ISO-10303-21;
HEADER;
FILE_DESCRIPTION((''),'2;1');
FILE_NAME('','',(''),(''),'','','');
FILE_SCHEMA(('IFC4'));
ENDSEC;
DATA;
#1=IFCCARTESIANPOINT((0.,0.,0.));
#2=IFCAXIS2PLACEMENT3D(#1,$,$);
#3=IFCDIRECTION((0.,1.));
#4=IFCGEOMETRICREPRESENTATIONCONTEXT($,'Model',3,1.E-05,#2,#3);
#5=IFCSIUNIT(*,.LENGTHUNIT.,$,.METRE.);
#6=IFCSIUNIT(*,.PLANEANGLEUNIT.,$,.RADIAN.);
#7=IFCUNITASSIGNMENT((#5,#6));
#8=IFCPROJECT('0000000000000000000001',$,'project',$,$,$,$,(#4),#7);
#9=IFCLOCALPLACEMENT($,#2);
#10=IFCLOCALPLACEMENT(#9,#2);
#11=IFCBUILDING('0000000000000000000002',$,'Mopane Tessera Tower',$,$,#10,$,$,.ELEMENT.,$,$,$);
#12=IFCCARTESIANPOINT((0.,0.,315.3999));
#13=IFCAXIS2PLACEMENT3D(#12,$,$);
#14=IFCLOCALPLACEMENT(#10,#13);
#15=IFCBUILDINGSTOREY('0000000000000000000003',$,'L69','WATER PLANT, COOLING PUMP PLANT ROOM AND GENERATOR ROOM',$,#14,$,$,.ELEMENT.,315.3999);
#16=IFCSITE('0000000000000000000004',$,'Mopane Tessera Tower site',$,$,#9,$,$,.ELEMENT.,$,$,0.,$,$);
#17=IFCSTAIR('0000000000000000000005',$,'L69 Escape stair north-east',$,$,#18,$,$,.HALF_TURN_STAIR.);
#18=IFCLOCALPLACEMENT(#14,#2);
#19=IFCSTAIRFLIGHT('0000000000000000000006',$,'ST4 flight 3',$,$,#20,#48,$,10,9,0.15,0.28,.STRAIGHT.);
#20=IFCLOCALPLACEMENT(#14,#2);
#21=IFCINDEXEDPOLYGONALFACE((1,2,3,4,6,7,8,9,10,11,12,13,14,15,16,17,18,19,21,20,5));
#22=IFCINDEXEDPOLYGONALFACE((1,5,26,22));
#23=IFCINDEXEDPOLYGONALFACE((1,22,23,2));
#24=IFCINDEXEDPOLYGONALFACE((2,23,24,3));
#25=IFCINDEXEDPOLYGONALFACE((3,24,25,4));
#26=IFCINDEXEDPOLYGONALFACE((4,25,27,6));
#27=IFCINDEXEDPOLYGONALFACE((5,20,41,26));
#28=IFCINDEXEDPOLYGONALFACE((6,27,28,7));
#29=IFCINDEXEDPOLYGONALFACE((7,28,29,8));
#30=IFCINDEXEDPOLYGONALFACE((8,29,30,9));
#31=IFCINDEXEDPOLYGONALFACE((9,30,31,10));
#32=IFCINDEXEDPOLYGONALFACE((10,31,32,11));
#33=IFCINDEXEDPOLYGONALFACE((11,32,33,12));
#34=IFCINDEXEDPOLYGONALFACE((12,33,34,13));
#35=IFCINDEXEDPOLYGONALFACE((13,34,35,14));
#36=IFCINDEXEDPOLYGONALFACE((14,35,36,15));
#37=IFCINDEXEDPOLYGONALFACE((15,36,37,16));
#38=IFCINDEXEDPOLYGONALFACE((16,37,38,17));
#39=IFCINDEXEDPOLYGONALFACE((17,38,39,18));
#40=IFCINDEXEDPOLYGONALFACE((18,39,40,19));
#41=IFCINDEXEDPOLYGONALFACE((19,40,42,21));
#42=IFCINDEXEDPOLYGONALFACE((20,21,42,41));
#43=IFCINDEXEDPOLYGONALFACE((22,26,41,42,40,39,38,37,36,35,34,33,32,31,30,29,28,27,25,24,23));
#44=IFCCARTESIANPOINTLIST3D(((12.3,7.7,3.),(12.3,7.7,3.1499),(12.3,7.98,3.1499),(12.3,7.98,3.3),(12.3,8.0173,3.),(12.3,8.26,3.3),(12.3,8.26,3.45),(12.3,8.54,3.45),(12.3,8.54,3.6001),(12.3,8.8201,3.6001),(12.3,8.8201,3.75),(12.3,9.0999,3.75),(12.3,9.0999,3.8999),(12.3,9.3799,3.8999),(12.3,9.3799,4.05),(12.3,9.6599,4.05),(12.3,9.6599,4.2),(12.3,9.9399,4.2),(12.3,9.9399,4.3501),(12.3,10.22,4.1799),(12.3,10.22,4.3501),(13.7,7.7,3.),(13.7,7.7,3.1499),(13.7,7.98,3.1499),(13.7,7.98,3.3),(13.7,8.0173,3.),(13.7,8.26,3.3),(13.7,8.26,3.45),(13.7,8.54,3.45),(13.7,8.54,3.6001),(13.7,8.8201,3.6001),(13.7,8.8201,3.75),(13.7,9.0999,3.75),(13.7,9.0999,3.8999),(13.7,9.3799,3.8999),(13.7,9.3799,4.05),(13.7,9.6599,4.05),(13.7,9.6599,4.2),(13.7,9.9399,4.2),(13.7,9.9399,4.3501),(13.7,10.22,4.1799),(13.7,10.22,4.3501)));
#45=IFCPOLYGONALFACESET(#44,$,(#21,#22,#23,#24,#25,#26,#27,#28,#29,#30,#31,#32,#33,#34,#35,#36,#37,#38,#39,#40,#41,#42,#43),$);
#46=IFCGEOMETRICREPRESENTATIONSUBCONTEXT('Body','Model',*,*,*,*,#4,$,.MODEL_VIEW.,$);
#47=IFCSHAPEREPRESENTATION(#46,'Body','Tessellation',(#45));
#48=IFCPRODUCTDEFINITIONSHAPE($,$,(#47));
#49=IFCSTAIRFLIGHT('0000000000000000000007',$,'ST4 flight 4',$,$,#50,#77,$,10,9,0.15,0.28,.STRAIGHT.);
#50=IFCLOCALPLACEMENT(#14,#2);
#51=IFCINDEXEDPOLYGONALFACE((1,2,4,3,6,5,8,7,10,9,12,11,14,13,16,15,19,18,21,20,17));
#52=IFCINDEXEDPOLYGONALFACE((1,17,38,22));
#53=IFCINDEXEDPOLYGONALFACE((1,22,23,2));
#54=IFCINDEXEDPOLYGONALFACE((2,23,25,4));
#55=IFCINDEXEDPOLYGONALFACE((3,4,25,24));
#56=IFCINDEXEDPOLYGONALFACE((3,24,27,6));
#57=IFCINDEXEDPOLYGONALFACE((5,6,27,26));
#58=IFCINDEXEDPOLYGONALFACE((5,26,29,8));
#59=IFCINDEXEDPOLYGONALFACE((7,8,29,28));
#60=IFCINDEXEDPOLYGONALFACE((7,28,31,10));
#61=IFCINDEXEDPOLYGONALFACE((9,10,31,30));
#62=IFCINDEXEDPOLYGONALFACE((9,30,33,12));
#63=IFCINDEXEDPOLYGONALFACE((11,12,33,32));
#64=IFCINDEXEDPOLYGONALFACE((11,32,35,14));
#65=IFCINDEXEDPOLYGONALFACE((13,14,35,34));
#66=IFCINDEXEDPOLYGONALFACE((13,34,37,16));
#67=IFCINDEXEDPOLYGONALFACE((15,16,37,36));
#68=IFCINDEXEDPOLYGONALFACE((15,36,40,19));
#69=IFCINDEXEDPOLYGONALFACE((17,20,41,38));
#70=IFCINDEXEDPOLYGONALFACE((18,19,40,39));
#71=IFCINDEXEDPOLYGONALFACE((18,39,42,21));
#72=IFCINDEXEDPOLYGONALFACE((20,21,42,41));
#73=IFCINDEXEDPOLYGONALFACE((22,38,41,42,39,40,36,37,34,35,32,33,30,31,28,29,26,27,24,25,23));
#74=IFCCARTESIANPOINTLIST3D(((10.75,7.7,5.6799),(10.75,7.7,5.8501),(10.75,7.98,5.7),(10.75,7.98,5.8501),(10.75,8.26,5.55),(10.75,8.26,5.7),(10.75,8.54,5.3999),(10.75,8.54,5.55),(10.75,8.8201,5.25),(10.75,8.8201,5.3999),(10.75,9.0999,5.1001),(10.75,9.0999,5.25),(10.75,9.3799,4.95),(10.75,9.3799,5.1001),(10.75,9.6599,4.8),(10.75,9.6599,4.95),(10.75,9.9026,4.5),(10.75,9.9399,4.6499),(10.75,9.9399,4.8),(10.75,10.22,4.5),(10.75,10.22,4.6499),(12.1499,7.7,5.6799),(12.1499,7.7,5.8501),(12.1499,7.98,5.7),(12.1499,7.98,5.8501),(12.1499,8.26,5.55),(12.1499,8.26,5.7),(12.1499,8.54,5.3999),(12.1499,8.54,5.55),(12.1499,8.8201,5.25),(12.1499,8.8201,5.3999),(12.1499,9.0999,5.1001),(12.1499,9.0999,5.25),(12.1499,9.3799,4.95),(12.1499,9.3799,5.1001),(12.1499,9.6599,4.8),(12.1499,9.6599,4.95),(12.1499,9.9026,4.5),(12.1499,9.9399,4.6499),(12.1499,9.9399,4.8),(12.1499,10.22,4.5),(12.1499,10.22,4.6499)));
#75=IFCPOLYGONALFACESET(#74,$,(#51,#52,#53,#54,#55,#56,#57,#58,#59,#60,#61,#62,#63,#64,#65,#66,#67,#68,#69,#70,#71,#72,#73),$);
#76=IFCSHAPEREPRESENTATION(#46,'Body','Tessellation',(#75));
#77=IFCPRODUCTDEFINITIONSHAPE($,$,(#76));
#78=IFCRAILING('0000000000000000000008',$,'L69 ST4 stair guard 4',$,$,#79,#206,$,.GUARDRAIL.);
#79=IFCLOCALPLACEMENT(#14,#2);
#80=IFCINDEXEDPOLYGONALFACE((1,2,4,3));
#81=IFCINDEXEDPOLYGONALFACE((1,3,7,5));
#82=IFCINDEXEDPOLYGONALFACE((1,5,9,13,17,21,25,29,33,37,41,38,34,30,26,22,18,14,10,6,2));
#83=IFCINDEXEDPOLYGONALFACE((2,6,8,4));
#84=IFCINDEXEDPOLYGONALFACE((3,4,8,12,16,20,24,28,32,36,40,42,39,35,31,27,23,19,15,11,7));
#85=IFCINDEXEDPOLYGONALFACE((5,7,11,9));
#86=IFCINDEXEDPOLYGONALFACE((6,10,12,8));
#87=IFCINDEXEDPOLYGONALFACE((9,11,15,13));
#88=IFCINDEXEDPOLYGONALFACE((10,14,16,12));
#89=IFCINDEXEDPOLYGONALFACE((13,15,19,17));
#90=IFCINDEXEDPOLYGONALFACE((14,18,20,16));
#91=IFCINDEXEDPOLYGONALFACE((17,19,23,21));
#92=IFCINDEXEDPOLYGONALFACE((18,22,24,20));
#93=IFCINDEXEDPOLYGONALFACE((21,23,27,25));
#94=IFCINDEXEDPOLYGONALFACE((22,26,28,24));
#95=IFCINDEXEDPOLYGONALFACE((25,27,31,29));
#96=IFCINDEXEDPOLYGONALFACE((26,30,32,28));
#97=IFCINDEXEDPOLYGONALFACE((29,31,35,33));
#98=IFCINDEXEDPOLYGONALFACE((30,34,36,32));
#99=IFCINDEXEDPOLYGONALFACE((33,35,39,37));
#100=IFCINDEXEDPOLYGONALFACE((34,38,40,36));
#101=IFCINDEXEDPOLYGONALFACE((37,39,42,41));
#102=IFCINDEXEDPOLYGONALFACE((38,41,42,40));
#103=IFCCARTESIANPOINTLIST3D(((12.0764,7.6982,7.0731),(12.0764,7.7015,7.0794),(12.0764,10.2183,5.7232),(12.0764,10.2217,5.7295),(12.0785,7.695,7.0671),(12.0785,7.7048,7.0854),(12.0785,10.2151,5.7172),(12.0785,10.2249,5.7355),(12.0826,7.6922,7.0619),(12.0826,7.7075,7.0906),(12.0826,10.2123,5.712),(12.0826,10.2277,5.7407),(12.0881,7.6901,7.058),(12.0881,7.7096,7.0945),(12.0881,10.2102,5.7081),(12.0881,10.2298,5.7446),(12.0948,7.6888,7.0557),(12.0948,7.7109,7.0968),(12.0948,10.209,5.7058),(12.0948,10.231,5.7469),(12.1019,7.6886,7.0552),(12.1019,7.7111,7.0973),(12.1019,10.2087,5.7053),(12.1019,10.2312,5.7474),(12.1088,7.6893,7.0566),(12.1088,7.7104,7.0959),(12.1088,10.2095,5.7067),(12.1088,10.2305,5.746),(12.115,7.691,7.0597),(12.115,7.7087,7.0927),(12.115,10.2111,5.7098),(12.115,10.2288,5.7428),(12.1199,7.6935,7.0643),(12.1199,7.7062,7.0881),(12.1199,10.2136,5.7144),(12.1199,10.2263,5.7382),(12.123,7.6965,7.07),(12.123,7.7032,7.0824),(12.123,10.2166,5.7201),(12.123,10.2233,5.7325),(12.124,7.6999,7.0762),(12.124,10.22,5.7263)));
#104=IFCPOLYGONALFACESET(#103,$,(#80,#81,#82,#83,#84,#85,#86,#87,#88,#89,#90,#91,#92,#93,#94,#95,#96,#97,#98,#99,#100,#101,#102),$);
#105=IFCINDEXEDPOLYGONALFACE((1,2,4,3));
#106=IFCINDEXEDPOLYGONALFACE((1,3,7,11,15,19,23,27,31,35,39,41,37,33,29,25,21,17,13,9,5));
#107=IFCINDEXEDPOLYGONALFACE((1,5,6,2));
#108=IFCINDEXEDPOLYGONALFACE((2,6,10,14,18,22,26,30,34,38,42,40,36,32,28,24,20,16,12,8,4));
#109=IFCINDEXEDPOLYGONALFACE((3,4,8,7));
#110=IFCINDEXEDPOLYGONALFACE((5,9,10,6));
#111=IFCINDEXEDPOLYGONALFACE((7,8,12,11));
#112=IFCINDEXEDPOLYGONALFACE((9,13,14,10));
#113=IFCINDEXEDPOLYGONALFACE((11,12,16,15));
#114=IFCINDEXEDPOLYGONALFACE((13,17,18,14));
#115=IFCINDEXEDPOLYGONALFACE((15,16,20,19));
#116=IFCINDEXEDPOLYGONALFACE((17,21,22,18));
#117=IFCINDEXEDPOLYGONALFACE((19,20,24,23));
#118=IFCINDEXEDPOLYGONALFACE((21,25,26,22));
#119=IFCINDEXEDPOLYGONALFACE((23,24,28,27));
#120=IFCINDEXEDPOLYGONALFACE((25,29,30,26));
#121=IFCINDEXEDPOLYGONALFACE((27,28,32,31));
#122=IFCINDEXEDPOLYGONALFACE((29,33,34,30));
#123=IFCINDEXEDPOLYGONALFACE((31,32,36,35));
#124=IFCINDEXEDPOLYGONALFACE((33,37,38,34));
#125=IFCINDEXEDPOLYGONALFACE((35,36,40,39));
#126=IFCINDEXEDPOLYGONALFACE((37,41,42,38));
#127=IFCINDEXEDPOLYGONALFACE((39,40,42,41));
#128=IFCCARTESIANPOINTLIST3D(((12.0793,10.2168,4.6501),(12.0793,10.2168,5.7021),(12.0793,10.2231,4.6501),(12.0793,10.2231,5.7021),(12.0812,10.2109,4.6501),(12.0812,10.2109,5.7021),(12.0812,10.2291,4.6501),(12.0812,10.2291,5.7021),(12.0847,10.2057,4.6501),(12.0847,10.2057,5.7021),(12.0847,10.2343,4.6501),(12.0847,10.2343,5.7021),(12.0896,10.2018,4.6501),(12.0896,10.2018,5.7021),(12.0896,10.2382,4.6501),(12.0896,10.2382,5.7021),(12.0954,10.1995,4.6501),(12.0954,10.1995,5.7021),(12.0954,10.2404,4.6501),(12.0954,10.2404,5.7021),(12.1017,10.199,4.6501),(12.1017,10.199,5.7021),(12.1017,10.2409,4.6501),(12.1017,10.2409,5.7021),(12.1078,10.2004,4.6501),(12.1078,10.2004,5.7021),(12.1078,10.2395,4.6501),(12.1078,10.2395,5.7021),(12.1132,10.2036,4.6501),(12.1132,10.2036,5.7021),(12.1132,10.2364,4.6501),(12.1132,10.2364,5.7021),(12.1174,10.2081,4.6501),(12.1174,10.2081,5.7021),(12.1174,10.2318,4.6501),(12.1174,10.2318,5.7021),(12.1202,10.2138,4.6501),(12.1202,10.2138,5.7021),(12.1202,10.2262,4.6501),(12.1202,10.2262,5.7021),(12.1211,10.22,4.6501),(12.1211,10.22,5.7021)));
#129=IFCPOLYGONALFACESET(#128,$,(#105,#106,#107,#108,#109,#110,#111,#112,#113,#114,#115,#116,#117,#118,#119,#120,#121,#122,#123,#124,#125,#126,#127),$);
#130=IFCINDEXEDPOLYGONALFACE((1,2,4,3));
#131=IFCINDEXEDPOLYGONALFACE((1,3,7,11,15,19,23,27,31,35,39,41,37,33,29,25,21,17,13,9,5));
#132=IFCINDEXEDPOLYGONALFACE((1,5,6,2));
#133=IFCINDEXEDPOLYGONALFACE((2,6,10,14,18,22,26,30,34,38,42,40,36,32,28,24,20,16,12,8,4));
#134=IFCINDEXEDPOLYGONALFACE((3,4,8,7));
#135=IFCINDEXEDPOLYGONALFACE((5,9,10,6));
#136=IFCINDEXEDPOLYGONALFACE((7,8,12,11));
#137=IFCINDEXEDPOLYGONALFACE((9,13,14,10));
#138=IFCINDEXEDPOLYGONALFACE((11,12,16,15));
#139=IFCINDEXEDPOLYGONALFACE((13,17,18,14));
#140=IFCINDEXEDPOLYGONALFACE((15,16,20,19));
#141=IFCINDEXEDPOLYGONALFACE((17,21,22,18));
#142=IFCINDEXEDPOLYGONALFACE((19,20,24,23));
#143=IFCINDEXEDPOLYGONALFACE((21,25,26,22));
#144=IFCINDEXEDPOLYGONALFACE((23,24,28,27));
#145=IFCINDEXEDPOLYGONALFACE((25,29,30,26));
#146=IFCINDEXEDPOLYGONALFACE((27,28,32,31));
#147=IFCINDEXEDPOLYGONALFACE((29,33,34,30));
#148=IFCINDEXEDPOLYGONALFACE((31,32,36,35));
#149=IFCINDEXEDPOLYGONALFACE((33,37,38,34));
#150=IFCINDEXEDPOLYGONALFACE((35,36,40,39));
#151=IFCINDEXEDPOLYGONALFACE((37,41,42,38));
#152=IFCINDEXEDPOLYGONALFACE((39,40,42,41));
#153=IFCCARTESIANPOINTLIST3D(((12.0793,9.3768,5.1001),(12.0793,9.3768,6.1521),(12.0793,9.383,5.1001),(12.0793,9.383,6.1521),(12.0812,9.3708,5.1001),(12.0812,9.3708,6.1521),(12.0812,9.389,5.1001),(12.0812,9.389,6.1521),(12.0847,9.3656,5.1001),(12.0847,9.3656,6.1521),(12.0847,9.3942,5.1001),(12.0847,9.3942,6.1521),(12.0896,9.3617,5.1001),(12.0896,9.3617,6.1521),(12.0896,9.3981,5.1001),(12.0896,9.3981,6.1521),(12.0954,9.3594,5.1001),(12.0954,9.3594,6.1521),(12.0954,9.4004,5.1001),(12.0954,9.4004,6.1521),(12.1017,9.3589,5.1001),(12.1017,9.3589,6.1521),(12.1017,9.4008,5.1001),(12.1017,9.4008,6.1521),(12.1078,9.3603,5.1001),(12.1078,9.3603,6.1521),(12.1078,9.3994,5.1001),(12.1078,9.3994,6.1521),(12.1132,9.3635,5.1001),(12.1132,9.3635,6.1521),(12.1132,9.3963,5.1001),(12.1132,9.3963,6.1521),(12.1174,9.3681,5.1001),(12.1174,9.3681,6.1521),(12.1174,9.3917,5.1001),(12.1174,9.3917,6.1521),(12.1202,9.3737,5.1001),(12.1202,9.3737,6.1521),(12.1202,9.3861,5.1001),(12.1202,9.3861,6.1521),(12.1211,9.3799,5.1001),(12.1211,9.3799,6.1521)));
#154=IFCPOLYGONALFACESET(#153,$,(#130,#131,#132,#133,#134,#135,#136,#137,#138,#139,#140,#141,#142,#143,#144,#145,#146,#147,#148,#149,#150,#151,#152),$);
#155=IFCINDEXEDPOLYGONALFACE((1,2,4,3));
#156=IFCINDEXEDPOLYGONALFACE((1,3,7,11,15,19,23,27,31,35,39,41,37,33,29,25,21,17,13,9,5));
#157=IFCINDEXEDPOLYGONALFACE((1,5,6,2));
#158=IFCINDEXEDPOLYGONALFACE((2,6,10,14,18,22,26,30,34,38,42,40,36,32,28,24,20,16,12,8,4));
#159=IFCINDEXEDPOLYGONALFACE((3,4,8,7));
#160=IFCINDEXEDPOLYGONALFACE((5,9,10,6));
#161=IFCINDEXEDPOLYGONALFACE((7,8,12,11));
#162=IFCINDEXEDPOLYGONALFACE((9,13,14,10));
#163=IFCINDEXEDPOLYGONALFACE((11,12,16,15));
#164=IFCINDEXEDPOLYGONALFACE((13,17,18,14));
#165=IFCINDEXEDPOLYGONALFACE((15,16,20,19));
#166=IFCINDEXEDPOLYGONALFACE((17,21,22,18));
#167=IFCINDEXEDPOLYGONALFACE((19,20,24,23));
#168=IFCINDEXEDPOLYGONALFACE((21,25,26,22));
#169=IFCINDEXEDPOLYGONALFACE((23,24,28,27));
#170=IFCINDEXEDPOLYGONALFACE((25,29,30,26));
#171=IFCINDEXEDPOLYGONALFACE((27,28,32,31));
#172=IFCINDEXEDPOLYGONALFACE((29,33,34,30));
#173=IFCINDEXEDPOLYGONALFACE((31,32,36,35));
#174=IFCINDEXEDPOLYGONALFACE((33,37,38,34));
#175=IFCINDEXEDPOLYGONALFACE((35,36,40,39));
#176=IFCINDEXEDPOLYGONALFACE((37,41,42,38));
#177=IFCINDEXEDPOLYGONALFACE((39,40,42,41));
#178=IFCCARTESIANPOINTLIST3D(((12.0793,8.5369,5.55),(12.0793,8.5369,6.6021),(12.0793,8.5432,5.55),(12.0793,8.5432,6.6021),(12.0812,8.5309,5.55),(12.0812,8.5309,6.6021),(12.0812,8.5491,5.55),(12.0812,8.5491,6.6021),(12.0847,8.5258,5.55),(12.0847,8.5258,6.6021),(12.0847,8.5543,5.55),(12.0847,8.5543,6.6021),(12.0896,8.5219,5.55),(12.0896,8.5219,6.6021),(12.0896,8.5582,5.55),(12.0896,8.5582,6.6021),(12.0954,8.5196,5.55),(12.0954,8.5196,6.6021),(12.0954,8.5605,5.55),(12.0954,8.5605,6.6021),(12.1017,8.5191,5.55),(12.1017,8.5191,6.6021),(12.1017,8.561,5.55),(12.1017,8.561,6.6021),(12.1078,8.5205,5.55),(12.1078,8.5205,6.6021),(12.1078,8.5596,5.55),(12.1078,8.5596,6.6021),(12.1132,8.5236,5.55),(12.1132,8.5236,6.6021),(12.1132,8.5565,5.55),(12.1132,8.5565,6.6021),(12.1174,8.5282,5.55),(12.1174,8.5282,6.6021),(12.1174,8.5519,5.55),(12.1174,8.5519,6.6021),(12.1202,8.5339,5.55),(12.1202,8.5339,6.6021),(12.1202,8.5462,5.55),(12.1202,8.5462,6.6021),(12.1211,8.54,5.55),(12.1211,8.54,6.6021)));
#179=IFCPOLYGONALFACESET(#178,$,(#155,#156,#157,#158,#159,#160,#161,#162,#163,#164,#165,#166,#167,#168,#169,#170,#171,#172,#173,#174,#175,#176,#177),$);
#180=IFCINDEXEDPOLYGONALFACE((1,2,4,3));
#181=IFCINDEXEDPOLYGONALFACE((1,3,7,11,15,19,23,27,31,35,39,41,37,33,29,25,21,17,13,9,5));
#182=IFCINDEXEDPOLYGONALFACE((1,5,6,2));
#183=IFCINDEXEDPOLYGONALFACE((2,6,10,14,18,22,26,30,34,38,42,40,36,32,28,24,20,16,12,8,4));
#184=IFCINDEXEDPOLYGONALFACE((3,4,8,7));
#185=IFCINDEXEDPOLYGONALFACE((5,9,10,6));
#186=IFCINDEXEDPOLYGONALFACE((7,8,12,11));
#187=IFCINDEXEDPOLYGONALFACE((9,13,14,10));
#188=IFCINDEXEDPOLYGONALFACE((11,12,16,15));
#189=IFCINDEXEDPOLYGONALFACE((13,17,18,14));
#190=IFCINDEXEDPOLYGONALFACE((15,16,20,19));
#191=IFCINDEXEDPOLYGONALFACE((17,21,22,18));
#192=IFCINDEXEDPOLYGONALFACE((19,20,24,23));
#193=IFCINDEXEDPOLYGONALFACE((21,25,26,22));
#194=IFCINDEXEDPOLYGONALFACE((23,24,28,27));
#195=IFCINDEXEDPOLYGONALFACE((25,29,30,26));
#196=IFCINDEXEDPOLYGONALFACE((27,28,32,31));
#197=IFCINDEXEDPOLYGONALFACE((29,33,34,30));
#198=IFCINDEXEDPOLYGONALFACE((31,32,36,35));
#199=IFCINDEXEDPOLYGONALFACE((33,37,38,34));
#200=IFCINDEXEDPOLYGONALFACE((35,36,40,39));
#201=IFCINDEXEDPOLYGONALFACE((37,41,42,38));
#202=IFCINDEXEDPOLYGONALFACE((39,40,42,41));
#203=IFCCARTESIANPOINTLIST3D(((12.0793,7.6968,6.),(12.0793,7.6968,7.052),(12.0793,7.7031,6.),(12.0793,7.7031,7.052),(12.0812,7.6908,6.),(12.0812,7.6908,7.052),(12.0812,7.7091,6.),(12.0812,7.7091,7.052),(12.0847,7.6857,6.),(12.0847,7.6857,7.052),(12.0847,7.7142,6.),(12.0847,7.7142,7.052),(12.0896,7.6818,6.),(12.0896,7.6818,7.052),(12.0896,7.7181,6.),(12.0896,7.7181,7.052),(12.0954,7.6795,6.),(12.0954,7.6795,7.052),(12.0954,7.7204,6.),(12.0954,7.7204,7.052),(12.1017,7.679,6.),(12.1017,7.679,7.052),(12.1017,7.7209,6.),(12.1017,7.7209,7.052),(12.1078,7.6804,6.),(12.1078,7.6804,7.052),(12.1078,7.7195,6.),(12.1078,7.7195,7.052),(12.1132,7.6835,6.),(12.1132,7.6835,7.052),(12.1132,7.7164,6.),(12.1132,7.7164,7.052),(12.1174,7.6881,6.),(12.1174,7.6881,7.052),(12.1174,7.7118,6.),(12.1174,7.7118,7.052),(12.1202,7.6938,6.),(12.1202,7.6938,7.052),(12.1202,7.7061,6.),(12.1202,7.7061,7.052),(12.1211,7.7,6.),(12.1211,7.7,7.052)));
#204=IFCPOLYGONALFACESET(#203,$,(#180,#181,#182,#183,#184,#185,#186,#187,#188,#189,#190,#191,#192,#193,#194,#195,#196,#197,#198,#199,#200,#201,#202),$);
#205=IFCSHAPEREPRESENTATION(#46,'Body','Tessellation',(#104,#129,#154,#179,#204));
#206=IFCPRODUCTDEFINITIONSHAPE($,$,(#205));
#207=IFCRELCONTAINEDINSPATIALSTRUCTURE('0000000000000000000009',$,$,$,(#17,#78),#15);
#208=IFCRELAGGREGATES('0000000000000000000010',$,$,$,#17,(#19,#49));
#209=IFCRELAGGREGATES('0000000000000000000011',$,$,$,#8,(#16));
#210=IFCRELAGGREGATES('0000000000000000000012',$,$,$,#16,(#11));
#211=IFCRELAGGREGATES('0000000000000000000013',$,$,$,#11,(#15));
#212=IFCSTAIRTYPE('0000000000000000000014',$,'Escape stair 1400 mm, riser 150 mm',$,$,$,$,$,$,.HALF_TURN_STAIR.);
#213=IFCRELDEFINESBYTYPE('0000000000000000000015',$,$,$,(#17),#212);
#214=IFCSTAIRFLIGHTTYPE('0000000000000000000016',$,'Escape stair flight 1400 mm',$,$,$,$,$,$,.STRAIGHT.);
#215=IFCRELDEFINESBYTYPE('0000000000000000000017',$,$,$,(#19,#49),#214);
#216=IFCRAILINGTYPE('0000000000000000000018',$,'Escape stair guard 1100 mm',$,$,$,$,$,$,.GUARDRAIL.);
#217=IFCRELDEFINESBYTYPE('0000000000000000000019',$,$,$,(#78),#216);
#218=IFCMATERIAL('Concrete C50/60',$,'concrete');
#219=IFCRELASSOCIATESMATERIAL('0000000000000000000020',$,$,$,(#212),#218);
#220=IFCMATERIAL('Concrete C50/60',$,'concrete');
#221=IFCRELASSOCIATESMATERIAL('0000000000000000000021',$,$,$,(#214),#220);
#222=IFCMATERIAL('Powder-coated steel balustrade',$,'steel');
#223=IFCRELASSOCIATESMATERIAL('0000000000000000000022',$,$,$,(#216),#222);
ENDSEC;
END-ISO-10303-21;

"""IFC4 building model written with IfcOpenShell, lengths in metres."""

from ifc_helpers import new_model, si_unit, direction, frame, origin, origin_2d, place, context, subcontext, project, spatial, polyline, circle, outline, extrude, material, type_object, element, aggregate, save


model = new_model("IFC4")

# Units and contexts
model_context = context("Model", 3, precision=1e-05, world=origin(), true_north=direction((0.0, 1.0)))
body_context = subcontext(model_context, "Body", "Model", "MODEL_VIEW")
ifc_project = project(units=[si_unit("LENGTHUNIT", "METRE"), si_unit("PLANEANGLEUNIT", "RADIAN")], contexts=[model_context])

# Site, building, storey
site_placement = place(None, origin())
site = spatial("IfcSite", under=ifc_project, at=site_placement, Name="Mopane Tessera Tower site", CompositionType="ELEMENT", RefElevation=0.0)
building_placement = place(site_placement, origin())
building = spatial("IfcBuilding", under=site, at=building_placement, Name="Mopane Tessera Tower", CompositionType="ELEMENT")
storey_placement = place(building_placement, frame((0.0, 0.0, 315.3999)))
storey = spatial("IfcBuildingStorey", under=building, at=storey_placement, Name="L69", Description="WATER PLANT, COOLING PUMP PLANT ROOM AND GENERATOR ROOM", CompositionType="ELEMENT", Elevation=315.3999)

# Stair, stair flights
ifc_material_1 = material(Name="Concrete C50/60", Category="concrete")
stair_type = type_object("IfcStairType", Name="Escape stair 1400 mm, riser 150 mm", PredefinedType="HALF_TURN_STAIR", material=ifc_material_1)
stair_placement = place(storey_placement, origin())
stair = element("IfcStair", 1, at=stair_placement, inside=storey, type_object=stair_type, Name="L69 Escape stair north-east", PredefinedType="HALF_TURN_STAIR")
ifc_material_2 = material(Name="Concrete C50/60", Category="concrete")
stair_flight_type = type_object("IfcStairFlightType", Name="Escape stair flight 1400 mm", PredefinedType="STRAIGHT", material=ifc_material_2)
stair_flight_1_placement = place(storey_placement, frame((13.0, 7.7, 3.0), z_axis=(0.0, 0.0, 1.0), x_axis=(0.0, 1.0, 0.0)))
stair_flight_1 = element("IfcStairFlight", 2, at=stair_flight_1_placement, type_object=stair_flight_type, Name="ST4 flight 3", NumberOfRisers=10, NumberOfTreads=9, PredefinedType="STRAIGHT", RiserHeight=0.15, TreadLength=0.28, context=body_context, shape_type="SweptSolid", body=[
    extrude(outline(polyline([(0.0, 0.0), (0.0, 0.1499), (0.28, 0.1499), (0.28, 0.3), (0.5601, 0.3), (0.5601, 0.45), (0.8401, 0.45), (0.8401, 0.6001), (1.1201, 0.6001), (1.1201, 0.75), (1.3999, 0.75), (1.3999, 0.8999), (1.6799, 0.8999), (1.6799, 1.05), (1.96, 1.05), (1.96, 1.2), (2.24, 1.2), (2.24, 1.3501), (2.52, 1.3501), (2.52, 1.5), (2.52, 1.1799), (0.3174, 0.0), (0.0, 0.0)])), frame((0.0, 0.7, 0.0), z_axis=(0.0, -1.0, 0.0), x_axis=(1.0, 0.0, 0.0)), (0.0, 0.0, 1.0), 1.3999),
])
stair_flight_2_placement = place(storey_placement, frame((11.45, 10.22, 4.5), z_axis=(0.0, 0.0, 1.0), x_axis=(0.0, -1.0, 0.0)))
stair_flight_2 = element("IfcStairFlight", 3, at=stair_flight_2_placement, type_object=stair_flight_type, Name="ST4 flight 4", NumberOfRisers=10, NumberOfTreads=9, PredefinedType="STRAIGHT", RiserHeight=0.15, TreadLength=0.28, context=body_context, shape_type="SweptSolid", body=[
    extrude(outline(polyline([(0.0, 0.0), (0.0, 0.1499), (0.28, 0.1499), (0.28, 0.3), (0.5601, 0.3), (0.5601, 0.45), (0.8401, 0.45), (0.8401, 0.6001), (1.1201, 0.6001), (1.1201, 0.75), (1.3999, 0.75), (1.3999, 0.8999), (1.6799, 0.8999), (1.6799, 1.05), (1.96, 1.05), (1.96, 1.2), (2.24, 1.2), (2.24, 1.3501), (2.52, 1.3501), (2.52, 1.5), (2.52, 1.1799), (0.3174, 0.0), (0.0, 0.0)])), frame((0.0, 0.7, 0.0), z_axis=(0.0, -1.0, 0.0), x_axis=(1.0, 0.0, 0.0)), (0.0, 0.0, 1.0), 1.3999),
])
aggregate(stair, [stair_flight_1, stair_flight_2])

# Railing
ifc_material_3 = material(Name="Powder-coated steel balustrade", Category="steel")
railing_type_1 = type_object("IfcRailingType", Name="Escape stair guard 1100 mm", PredefinedType="GUARDRAIL", material=ifc_material_3)
railing_1_placement = place(storey_placement, frame((12.1001, 10.22, 4.6501)))
element("IfcRailing", 4, at=railing_1_placement, inside=storey, type_object=railing_type_1, Name="L69 ST4 stair guard 4", PredefinedType="GUARDRAIL", context=body_context, shape_type="SweptSolid", body=[
    extrude(circle(Radius=0.0239, at=origin_2d()), frame((0.0, 0.0, 1.0762), z_axis=(0.0, -0.881503, 0.472179), x_axis=(1.0, 0.0, 0.0)), (0.0, 0.0, 1.0), 2.8589),
    extrude(circle(Radius=0.021, at=origin_2d()), origin(), (0.0, 0.0, 1.0), 1.052),
    extrude(circle(Radius=0.021, at=origin_2d()), frame((0.0, -0.8401, 0.45)), (0.0, 0.0, 1.0), 1.052),
    extrude(circle(Radius=0.021, at=origin_2d()), frame((0.0, -1.6799, 0.8999)), (0.0, 0.0, 1.0), 1.052),
    extrude(circle(Radius=0.021, at=origin_2d()), frame((0.0, -2.52, 1.3499)), (0.0, 0.0, 1.0), 1.052),
])

save(model, "model.ifc")
